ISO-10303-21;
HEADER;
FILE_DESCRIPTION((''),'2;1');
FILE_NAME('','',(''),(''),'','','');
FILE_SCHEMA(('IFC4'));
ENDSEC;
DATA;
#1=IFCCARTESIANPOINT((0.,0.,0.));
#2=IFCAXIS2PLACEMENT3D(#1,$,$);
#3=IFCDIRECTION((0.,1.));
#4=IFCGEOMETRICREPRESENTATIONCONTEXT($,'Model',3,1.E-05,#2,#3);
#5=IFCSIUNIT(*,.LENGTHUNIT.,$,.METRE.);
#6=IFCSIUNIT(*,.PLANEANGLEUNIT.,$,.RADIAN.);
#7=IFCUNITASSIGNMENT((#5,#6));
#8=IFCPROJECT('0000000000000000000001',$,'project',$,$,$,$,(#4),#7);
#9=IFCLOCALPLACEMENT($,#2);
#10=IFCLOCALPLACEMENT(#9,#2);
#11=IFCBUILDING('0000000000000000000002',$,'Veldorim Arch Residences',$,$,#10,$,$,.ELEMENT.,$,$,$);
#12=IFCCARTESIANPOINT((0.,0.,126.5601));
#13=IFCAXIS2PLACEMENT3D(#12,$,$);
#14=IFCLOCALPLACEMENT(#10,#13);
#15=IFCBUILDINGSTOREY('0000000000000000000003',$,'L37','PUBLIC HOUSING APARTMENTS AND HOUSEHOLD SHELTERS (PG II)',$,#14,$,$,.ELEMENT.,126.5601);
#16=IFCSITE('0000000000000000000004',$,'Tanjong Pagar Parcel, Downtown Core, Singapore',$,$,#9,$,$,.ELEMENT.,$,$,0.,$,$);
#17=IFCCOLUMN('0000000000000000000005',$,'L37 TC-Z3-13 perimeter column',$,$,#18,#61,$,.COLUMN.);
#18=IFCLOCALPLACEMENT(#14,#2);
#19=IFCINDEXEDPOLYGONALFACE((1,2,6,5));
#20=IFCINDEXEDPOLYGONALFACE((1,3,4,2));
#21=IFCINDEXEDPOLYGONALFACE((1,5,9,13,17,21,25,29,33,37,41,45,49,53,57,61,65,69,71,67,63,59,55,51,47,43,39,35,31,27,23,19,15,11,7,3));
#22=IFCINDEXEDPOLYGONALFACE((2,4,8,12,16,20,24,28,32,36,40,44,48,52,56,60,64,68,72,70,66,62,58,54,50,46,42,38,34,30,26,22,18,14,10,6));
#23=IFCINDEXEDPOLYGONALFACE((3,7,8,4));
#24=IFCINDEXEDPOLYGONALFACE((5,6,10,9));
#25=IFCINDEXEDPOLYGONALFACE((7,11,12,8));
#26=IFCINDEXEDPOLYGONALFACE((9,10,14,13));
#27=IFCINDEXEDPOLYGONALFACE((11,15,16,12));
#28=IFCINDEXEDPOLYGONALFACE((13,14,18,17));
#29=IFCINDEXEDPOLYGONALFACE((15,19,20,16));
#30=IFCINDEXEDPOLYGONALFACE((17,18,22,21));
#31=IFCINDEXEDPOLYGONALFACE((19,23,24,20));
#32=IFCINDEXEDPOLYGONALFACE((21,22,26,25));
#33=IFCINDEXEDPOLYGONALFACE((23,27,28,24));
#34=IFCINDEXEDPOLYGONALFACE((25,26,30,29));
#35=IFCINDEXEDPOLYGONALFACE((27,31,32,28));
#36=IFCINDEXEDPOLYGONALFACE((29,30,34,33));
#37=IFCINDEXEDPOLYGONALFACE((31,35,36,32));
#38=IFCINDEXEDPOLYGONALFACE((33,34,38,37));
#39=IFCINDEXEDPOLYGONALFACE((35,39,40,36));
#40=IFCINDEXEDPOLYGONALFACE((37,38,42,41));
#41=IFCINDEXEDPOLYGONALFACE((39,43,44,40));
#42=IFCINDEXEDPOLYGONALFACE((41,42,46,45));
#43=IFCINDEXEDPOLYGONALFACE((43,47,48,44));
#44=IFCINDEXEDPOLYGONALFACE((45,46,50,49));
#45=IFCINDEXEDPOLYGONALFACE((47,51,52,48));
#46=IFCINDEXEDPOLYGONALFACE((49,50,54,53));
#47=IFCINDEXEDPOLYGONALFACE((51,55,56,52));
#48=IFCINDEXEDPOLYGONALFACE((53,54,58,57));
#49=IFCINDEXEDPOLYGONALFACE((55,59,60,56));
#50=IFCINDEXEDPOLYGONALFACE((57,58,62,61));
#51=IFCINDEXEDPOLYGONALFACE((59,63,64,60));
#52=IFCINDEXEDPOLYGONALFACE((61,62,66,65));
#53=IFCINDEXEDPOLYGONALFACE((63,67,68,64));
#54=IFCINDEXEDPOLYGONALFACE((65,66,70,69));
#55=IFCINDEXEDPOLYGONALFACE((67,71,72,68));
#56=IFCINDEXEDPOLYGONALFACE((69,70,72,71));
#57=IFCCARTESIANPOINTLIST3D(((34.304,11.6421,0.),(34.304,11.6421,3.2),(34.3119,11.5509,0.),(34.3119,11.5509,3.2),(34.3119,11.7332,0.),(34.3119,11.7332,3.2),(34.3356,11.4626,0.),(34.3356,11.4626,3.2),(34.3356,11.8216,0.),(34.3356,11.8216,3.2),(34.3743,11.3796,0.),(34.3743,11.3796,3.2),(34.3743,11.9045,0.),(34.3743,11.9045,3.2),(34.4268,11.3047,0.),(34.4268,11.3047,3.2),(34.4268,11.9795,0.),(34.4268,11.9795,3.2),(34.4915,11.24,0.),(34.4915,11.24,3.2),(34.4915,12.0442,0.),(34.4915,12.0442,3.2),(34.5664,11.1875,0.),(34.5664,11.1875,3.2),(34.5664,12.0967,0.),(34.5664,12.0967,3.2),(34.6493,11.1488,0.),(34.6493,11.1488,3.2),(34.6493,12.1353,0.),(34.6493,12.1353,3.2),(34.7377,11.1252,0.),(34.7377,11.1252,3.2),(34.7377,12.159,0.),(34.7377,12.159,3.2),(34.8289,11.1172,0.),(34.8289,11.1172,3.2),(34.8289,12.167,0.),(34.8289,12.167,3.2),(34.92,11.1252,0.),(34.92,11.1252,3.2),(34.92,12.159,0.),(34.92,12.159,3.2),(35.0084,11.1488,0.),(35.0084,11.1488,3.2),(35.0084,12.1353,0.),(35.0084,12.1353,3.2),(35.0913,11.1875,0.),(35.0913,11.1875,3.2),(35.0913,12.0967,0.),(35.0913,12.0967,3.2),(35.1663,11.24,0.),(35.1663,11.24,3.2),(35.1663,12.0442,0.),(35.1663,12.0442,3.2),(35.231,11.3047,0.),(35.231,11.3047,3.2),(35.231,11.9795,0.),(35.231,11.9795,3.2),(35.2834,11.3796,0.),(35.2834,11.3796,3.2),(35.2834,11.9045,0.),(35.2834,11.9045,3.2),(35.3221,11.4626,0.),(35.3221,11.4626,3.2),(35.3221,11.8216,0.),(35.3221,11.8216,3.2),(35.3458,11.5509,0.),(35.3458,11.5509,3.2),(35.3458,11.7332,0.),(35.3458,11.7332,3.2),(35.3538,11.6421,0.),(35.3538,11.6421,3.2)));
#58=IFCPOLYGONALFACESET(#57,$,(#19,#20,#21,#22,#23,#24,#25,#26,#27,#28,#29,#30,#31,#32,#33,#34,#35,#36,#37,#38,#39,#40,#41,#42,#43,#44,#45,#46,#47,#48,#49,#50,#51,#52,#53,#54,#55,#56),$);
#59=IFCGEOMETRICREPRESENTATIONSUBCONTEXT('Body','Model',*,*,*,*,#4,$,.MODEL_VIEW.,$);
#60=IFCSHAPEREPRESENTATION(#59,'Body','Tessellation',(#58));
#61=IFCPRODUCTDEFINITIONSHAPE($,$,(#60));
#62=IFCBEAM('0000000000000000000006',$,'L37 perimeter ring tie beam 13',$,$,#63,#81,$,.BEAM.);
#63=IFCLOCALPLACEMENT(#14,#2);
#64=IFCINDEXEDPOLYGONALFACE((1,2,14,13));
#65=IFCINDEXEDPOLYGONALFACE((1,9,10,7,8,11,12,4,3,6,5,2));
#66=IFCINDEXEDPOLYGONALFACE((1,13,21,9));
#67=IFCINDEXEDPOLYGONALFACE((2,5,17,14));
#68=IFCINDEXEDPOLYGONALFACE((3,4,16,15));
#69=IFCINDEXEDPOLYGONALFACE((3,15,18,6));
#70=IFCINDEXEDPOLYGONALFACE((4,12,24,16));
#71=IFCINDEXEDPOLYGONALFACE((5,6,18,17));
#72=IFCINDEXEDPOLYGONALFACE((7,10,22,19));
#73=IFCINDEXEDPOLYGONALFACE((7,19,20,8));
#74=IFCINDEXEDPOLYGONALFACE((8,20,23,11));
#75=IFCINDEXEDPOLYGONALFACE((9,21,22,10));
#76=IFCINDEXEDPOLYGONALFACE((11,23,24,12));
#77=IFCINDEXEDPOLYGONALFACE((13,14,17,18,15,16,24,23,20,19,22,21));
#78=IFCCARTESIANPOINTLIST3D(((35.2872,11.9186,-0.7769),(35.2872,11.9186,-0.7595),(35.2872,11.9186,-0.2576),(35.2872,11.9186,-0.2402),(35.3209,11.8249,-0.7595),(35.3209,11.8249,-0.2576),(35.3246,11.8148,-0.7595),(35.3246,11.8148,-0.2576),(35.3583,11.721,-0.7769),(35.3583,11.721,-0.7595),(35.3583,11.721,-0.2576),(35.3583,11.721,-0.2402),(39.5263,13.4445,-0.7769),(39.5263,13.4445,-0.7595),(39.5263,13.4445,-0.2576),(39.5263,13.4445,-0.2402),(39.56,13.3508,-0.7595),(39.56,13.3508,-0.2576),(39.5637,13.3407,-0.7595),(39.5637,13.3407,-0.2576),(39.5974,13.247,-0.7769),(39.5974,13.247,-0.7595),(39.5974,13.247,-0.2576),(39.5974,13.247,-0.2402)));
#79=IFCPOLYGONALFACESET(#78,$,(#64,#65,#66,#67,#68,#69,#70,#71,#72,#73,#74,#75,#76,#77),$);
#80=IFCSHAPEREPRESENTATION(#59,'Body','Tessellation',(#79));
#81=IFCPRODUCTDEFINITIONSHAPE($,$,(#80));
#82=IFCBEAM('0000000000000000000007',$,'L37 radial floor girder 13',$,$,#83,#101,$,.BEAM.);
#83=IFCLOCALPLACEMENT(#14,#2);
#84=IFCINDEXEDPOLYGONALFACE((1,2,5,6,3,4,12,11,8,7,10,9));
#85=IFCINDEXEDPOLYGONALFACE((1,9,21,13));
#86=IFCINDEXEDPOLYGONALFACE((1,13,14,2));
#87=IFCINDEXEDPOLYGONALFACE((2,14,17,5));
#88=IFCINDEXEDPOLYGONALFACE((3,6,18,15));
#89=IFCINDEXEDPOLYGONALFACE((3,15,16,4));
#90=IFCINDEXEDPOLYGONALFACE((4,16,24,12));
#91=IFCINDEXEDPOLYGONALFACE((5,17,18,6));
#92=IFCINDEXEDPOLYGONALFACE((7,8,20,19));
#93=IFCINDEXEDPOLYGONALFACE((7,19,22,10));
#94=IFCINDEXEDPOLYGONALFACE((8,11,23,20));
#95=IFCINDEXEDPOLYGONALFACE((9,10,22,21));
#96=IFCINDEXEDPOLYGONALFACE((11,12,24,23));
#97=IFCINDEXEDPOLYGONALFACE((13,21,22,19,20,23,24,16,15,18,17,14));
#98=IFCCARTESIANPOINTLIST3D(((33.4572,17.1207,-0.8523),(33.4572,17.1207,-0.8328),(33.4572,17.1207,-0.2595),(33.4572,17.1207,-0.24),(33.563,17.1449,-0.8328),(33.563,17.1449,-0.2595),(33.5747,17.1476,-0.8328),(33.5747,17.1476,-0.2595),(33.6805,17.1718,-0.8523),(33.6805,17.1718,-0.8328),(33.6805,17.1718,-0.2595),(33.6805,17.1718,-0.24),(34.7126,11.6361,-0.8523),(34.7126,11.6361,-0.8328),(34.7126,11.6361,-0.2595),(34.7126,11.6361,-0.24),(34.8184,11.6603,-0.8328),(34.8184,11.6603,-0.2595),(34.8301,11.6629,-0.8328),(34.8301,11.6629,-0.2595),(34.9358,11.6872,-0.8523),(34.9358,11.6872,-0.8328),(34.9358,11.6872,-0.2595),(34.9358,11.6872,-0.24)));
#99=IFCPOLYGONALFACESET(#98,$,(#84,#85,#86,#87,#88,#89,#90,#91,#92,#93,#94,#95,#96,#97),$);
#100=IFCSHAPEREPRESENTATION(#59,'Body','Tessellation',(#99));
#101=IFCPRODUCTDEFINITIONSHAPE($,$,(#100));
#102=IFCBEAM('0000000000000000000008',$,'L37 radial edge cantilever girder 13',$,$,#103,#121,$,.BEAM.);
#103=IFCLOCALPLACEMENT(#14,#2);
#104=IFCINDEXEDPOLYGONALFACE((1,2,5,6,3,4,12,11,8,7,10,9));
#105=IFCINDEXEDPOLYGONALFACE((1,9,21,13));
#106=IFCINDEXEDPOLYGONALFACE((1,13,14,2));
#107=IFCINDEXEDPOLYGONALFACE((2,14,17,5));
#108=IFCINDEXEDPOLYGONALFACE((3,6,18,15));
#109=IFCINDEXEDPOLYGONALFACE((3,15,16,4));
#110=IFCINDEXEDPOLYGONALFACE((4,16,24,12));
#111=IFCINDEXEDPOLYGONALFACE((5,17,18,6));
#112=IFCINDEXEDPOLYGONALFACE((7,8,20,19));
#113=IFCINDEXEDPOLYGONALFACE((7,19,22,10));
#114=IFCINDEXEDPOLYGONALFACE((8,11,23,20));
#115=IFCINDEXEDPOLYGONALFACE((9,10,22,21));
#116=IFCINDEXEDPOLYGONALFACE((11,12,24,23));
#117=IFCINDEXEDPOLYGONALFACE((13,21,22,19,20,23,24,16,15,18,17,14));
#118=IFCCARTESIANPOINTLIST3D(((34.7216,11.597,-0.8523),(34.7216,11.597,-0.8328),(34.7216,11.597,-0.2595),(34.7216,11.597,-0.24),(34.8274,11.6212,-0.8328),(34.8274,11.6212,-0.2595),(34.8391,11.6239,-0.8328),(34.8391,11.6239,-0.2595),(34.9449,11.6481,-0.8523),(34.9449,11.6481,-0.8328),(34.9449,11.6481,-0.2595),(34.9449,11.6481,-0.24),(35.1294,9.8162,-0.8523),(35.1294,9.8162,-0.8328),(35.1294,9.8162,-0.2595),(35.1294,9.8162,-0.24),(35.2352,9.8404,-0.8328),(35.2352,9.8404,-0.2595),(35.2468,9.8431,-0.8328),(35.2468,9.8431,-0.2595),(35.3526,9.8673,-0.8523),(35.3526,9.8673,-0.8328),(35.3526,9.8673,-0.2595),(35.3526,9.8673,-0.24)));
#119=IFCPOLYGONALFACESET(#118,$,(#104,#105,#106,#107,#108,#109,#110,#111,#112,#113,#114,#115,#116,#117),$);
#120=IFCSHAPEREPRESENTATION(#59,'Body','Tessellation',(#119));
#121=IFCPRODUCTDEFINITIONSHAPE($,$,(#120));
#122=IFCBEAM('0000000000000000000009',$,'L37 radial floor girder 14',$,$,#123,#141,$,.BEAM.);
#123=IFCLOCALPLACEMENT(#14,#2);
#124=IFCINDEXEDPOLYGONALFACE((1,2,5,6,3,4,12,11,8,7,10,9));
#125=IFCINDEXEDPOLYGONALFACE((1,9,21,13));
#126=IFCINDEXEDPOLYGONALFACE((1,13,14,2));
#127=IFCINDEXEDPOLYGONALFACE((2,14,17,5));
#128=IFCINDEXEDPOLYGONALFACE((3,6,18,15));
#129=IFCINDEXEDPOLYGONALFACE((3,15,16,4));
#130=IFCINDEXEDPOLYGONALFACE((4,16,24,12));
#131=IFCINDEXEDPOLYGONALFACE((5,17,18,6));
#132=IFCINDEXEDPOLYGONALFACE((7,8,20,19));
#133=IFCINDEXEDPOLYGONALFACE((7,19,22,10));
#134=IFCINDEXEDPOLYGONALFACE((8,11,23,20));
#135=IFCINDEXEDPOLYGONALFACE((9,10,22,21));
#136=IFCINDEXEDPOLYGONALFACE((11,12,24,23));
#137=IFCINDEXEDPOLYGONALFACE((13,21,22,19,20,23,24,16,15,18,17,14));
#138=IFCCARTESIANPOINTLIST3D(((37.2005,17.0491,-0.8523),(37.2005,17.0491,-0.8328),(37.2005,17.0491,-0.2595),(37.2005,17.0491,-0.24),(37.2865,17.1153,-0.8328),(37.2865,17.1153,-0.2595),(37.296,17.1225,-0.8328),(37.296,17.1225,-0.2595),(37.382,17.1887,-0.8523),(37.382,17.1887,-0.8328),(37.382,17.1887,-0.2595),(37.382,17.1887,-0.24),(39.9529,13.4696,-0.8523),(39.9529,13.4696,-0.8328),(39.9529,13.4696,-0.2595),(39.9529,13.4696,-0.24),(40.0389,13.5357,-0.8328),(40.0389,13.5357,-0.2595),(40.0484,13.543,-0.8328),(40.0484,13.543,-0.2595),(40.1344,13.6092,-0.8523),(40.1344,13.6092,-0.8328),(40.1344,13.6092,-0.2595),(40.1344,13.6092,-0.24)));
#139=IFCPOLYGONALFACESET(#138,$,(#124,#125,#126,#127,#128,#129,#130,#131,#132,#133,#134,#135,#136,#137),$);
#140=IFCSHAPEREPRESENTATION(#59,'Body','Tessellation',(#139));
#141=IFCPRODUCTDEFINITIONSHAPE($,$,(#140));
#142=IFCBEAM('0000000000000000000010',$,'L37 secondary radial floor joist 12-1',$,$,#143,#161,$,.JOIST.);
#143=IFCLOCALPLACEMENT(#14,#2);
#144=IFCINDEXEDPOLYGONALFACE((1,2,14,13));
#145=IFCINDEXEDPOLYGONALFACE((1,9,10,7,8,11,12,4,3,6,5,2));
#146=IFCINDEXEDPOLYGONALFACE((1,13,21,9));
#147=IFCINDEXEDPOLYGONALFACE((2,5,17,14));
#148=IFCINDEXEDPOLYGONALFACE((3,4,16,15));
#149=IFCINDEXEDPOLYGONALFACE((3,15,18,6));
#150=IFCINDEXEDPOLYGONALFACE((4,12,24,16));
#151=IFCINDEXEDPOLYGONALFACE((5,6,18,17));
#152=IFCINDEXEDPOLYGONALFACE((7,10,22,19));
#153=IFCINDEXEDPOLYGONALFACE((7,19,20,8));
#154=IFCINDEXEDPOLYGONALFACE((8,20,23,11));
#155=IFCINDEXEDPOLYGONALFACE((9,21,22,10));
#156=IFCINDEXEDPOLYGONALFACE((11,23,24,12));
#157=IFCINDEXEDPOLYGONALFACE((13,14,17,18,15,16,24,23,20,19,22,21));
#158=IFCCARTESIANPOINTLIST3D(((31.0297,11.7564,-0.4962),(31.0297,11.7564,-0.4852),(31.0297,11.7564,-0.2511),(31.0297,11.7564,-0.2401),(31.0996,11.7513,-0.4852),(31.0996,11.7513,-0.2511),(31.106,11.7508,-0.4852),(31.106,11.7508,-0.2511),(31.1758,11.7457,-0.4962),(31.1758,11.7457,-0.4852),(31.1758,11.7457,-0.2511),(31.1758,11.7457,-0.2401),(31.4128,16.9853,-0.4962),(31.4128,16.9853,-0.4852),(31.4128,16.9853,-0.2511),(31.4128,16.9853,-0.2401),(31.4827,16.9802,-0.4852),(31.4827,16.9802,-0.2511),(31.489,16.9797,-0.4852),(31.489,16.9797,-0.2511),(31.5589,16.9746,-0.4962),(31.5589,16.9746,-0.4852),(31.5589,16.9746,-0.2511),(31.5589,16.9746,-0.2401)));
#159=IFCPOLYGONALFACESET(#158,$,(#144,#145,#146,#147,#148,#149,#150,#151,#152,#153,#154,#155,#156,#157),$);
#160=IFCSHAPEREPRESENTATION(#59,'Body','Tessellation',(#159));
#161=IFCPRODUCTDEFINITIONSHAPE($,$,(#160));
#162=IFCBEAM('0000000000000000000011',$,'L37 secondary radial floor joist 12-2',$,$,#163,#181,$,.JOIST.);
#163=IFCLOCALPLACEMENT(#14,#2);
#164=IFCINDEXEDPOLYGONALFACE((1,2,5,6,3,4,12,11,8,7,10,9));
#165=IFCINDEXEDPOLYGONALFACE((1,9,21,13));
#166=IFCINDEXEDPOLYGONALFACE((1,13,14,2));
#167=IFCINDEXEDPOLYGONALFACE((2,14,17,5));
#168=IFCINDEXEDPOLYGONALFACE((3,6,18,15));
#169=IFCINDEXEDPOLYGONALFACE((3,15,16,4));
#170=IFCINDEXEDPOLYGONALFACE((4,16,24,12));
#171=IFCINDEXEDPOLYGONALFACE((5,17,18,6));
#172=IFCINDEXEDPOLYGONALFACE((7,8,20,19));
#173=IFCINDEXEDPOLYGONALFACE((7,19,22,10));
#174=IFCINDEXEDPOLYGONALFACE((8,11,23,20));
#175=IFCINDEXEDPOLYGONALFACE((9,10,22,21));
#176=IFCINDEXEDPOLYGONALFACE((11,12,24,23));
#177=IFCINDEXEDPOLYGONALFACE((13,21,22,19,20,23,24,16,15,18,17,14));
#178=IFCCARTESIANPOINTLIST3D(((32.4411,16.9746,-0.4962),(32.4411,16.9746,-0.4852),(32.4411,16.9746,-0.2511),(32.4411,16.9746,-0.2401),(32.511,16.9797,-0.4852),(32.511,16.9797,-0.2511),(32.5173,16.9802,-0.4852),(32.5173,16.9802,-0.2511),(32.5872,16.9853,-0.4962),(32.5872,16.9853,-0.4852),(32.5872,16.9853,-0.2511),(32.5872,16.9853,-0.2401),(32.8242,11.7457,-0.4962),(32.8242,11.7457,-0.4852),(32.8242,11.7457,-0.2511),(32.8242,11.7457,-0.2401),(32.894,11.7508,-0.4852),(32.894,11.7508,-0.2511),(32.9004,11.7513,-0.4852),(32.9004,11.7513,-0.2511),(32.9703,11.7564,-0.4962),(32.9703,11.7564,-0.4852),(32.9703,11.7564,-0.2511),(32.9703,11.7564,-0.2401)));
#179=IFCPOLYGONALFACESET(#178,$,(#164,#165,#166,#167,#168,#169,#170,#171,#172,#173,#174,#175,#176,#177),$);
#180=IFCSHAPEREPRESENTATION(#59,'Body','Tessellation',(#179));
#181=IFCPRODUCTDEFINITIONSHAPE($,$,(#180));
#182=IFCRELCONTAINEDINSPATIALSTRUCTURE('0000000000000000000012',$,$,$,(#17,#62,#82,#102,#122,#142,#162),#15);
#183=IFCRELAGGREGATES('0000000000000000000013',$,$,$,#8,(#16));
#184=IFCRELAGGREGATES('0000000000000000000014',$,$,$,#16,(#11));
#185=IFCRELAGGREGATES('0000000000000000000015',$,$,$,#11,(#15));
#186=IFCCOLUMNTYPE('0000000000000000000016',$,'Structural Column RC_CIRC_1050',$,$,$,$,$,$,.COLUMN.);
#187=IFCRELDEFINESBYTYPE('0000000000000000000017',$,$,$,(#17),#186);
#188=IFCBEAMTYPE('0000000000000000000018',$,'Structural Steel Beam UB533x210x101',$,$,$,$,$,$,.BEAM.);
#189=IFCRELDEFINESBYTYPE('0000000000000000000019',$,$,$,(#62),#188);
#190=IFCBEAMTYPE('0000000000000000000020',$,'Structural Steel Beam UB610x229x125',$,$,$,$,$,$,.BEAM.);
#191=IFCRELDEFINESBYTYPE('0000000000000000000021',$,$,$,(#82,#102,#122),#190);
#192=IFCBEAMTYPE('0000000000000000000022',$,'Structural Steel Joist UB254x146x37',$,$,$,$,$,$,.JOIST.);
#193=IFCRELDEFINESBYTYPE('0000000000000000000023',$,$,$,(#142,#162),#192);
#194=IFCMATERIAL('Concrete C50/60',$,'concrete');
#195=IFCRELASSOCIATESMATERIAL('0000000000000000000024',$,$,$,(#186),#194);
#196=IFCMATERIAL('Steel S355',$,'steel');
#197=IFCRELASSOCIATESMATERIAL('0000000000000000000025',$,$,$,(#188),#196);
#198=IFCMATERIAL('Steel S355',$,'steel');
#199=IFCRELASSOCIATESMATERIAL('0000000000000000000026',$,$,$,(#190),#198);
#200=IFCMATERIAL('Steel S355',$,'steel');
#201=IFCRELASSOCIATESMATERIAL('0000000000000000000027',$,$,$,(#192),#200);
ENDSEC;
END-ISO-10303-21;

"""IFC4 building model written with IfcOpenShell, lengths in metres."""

from ifc_helpers import new_model, si_unit, direction, frame, origin, origin_2d, place, context, subcontext, project, spatial, circle, i_section, extrude, material, material_profile, profile_set, type_object, element, save


model = new_model("IFC4")

# Units and contexts
model_context = context("Model", 3, precision=1e-05, world=origin(), true_north=direction((0.0, 1.0)))
body_context = subcontext(model_context, "Body", "Model", "MODEL_VIEW")
ifc_project = project(units=[si_unit("LENGTHUNIT", "METRE"), si_unit("PLANEANGLEUNIT", "RADIAN")], contexts=[model_context])

# Site, building, storey
site_placement = place(None, origin())
site = spatial("IfcSite", under=ifc_project, at=site_placement, Name="Tanjong Pagar Parcel, Downtown Core, Singapore", CompositionType="ELEMENT", RefElevation=0.0)
building_placement = place(site_placement, origin())
building = spatial("IfcBuilding", under=site, at=building_placement, Name="Veldorim Arch Residences", CompositionType="ELEMENT")
storey_placement = place(building_placement, frame((0.0, 0.0, 126.5601)))
storey = spatial("IfcBuildingStorey", under=building, at=storey_placement, Name="L37", Description="PUBLIC HOUSING APARTMENTS AND HOUSEHOLD SHELTERS (PG II)", CompositionType="ELEMENT", Elevation=126.5601)

# Column
ifc_material_1 = material(Name="Concrete C50/60", Category="concrete")
ifc_material_profile_1 = material_profile(ifc_material_1, circle(Radius=0.5249, at=origin_2d()), Name="RC_CIRC_1050")
ifc_profile_set_1 = profile_set([ifc_material_profile_1], Name="Concrete C50/60")
column_type = type_object("IfcColumnType", Name="Structural Column RC_CIRC_1050", PredefinedType="COLUMN", material=ifc_profile_set_1)
column_placement = place(storey_placement, frame((34.8289, 11.6421, 0.0), z_axis=(0.0, 0.0, 1.0), x_axis=(1.0, 0.0, 0.0)))
element("IfcColumn", 1, at=column_placement, inside=storey, type_object=column_type, Name="L37 TC-Z3-13 perimeter column", PredefinedType="COLUMN", context=body_context, shape_type="SweptSolid", body=[
    extrude(circle(Radius=0.5249, at=origin_2d()), origin(), (0.0, 0.0, 1.0), 3.2),
])

# Beams
ifc_material_2 = material(Name="Steel S355", Category="steel")
ifc_material_profile_2 = material_profile(ifc_material_2, i_section(OverallWidth=0.21, OverallDepth=0.5366, WebThickness=0.0107, FlangeThickness=0.0173, at=origin_2d()), Name="UB533x210x101")
ifc_profile_set_2 = profile_set([ifc_material_profile_2], Name="Steel S355")
beam_type_1 = type_object("IfcBeamType", Name="Structural Steel Beam UB533x210x101", PredefinedType="BEAM", material=ifc_profile_set_2)
beam_1_placement = place(storey_placement, frame((35.3228, 11.8198, -0.5085), z_axis=(0.940899, 0.338687, 0.0), x_axis=(-0.338687, 0.940899, 0.0)))
element("IfcBeam", 2, at=beam_1_placement, inside=storey, type_object=beam_type_1, Name="L37 perimeter ring tie beam 13", PredefinedType="BEAM", context=body_context, shape_type="SweptSolid", body=[
    extrude(i_section(OverallWidth=0.21, OverallDepth=0.5366, WebThickness=0.0107, FlangeThickness=0.0173, at=origin_2d()), origin(), (0.0, 0.0, 1.0), 4.5054),
])
ifc_material_3 = material(Name="Steel S355", Category="steel")
ifc_material_profile_3 = material_profile(ifc_material_3, i_section(OverallWidth=0.229, OverallDepth=0.6123, WebThickness=0.012, FlangeThickness=0.0195, at=origin_2d()), Name="UB610x229x125")
ifc_profile_set_3 = profile_set([ifc_material_profile_3], Name="Steel S355")
beam_type_2 = type_object("IfcBeamType", Name="Structural Steel Beam UB610x229x125", PredefinedType="BEAM", material=ifc_profile_set_3)
beam_2_placement = place(storey_placement, frame((33.5688, 17.1462, -0.5461), z_axis=(0.223119, -0.974791, 0.0), x_axis=(0.974791, 0.223119, 0.0)))
element("IfcBeam", 3, at=beam_2_placement, inside=storey, type_object=beam_type_2, Name="L37 radial floor girder 13", PredefinedType="BEAM", context=body_context, shape_type="SweptSolid", body=[
    extrude(i_section(OverallWidth=0.229, OverallDepth=0.6123, WebThickness=0.012, FlangeThickness=0.0195, at=origin_2d()), origin(), (0.0, 0.0, 1.0), 5.6265),
])
beam_3_placement = place(storey_placement, frame((34.8333, 11.6226, -0.5461), z_axis=(0.22318, -0.974777, 0.0), x_axis=(0.974777, 0.22318, 0.0)))
element("IfcBeam", 4, at=beam_3_placement, inside=storey, type_object=beam_type_2, Name="L37 radial edge cantilever girder 13", PredefinedType="BEAM", context=body_context, shape_type="SweptSolid", body=[
    extrude(i_section(OverallWidth=0.229, OverallDepth=0.6123, WebThickness=0.012, FlangeThickness=0.0195, at=origin_2d()), origin(), (0.0, 0.0, 1.0), 1.8269),
])
beam_4_placement = place(storey_placement, frame((37.2913, 17.1189, -0.5461), z_axis=(0.609559, -0.792741, 0.0), x_axis=(0.792741, 0.609559, 0.0)))
element("IfcBeam", 5, at=beam_4_placement, inside=storey, type_object=beam_type_2, Name="L37 radial floor girder 14", PredefinedType="BEAM", context=body_context, shape_type="SweptSolid", body=[
    extrude(i_section(OverallWidth=0.229, OverallDepth=0.6123, WebThickness=0.012, FlangeThickness=0.0195, at=origin_2d()), origin(), (0.0, 0.0, 1.0), 4.5154),
])
ifc_material_4 = material(Name="Steel S355", Category="steel")
ifc_material_profile_4 = material_profile(ifc_material_4, i_section(OverallWidth=0.1465, OverallDepth=0.2561, WebThickness=0.0063, FlangeThickness=0.011, at=origin_2d()), Name="UB254x146x37")
ifc_profile_set_4 = profile_set([ifc_material_profile_4], Name="Steel S355")
beam_type_3 = type_object("IfcBeamType", Name="Structural Steel Joist UB254x146x37", PredefinedType="JOIST", material=ifc_profile_set_4)
for number, where, z_axis, x_axis, name in (
    (6, (31.4858, 16.98, -0.3682), (-0.07306, -0.997328, 0.0), (0.997328, -0.07306, 0.0), "L37 secondary radial floor joist 12-1"),
    (7, (32.5142, 16.98, -0.3682), (0.07306, -0.997328, 0.0), (0.997328, 0.07306, 0.0), "L37 secondary radial floor joist 12-2"),
):
    element("IfcBeam", number, at=place(storey_placement, frame(where, z_axis=z_axis, x_axis=x_axis)), inside=storey, type_object=beam_type_3, Name=name, PredefinedType="JOIST", context=body_context, shape_type="SweptSolid", body=[
        extrude(i_section(OverallWidth=0.1465, OverallDepth=0.2561, WebThickness=0.0063, FlangeThickness=0.011, at=origin_2d()), origin(), (0.0, 0.0, 1.0), 5.2429),
    ])

save(model, "model.ifc")
